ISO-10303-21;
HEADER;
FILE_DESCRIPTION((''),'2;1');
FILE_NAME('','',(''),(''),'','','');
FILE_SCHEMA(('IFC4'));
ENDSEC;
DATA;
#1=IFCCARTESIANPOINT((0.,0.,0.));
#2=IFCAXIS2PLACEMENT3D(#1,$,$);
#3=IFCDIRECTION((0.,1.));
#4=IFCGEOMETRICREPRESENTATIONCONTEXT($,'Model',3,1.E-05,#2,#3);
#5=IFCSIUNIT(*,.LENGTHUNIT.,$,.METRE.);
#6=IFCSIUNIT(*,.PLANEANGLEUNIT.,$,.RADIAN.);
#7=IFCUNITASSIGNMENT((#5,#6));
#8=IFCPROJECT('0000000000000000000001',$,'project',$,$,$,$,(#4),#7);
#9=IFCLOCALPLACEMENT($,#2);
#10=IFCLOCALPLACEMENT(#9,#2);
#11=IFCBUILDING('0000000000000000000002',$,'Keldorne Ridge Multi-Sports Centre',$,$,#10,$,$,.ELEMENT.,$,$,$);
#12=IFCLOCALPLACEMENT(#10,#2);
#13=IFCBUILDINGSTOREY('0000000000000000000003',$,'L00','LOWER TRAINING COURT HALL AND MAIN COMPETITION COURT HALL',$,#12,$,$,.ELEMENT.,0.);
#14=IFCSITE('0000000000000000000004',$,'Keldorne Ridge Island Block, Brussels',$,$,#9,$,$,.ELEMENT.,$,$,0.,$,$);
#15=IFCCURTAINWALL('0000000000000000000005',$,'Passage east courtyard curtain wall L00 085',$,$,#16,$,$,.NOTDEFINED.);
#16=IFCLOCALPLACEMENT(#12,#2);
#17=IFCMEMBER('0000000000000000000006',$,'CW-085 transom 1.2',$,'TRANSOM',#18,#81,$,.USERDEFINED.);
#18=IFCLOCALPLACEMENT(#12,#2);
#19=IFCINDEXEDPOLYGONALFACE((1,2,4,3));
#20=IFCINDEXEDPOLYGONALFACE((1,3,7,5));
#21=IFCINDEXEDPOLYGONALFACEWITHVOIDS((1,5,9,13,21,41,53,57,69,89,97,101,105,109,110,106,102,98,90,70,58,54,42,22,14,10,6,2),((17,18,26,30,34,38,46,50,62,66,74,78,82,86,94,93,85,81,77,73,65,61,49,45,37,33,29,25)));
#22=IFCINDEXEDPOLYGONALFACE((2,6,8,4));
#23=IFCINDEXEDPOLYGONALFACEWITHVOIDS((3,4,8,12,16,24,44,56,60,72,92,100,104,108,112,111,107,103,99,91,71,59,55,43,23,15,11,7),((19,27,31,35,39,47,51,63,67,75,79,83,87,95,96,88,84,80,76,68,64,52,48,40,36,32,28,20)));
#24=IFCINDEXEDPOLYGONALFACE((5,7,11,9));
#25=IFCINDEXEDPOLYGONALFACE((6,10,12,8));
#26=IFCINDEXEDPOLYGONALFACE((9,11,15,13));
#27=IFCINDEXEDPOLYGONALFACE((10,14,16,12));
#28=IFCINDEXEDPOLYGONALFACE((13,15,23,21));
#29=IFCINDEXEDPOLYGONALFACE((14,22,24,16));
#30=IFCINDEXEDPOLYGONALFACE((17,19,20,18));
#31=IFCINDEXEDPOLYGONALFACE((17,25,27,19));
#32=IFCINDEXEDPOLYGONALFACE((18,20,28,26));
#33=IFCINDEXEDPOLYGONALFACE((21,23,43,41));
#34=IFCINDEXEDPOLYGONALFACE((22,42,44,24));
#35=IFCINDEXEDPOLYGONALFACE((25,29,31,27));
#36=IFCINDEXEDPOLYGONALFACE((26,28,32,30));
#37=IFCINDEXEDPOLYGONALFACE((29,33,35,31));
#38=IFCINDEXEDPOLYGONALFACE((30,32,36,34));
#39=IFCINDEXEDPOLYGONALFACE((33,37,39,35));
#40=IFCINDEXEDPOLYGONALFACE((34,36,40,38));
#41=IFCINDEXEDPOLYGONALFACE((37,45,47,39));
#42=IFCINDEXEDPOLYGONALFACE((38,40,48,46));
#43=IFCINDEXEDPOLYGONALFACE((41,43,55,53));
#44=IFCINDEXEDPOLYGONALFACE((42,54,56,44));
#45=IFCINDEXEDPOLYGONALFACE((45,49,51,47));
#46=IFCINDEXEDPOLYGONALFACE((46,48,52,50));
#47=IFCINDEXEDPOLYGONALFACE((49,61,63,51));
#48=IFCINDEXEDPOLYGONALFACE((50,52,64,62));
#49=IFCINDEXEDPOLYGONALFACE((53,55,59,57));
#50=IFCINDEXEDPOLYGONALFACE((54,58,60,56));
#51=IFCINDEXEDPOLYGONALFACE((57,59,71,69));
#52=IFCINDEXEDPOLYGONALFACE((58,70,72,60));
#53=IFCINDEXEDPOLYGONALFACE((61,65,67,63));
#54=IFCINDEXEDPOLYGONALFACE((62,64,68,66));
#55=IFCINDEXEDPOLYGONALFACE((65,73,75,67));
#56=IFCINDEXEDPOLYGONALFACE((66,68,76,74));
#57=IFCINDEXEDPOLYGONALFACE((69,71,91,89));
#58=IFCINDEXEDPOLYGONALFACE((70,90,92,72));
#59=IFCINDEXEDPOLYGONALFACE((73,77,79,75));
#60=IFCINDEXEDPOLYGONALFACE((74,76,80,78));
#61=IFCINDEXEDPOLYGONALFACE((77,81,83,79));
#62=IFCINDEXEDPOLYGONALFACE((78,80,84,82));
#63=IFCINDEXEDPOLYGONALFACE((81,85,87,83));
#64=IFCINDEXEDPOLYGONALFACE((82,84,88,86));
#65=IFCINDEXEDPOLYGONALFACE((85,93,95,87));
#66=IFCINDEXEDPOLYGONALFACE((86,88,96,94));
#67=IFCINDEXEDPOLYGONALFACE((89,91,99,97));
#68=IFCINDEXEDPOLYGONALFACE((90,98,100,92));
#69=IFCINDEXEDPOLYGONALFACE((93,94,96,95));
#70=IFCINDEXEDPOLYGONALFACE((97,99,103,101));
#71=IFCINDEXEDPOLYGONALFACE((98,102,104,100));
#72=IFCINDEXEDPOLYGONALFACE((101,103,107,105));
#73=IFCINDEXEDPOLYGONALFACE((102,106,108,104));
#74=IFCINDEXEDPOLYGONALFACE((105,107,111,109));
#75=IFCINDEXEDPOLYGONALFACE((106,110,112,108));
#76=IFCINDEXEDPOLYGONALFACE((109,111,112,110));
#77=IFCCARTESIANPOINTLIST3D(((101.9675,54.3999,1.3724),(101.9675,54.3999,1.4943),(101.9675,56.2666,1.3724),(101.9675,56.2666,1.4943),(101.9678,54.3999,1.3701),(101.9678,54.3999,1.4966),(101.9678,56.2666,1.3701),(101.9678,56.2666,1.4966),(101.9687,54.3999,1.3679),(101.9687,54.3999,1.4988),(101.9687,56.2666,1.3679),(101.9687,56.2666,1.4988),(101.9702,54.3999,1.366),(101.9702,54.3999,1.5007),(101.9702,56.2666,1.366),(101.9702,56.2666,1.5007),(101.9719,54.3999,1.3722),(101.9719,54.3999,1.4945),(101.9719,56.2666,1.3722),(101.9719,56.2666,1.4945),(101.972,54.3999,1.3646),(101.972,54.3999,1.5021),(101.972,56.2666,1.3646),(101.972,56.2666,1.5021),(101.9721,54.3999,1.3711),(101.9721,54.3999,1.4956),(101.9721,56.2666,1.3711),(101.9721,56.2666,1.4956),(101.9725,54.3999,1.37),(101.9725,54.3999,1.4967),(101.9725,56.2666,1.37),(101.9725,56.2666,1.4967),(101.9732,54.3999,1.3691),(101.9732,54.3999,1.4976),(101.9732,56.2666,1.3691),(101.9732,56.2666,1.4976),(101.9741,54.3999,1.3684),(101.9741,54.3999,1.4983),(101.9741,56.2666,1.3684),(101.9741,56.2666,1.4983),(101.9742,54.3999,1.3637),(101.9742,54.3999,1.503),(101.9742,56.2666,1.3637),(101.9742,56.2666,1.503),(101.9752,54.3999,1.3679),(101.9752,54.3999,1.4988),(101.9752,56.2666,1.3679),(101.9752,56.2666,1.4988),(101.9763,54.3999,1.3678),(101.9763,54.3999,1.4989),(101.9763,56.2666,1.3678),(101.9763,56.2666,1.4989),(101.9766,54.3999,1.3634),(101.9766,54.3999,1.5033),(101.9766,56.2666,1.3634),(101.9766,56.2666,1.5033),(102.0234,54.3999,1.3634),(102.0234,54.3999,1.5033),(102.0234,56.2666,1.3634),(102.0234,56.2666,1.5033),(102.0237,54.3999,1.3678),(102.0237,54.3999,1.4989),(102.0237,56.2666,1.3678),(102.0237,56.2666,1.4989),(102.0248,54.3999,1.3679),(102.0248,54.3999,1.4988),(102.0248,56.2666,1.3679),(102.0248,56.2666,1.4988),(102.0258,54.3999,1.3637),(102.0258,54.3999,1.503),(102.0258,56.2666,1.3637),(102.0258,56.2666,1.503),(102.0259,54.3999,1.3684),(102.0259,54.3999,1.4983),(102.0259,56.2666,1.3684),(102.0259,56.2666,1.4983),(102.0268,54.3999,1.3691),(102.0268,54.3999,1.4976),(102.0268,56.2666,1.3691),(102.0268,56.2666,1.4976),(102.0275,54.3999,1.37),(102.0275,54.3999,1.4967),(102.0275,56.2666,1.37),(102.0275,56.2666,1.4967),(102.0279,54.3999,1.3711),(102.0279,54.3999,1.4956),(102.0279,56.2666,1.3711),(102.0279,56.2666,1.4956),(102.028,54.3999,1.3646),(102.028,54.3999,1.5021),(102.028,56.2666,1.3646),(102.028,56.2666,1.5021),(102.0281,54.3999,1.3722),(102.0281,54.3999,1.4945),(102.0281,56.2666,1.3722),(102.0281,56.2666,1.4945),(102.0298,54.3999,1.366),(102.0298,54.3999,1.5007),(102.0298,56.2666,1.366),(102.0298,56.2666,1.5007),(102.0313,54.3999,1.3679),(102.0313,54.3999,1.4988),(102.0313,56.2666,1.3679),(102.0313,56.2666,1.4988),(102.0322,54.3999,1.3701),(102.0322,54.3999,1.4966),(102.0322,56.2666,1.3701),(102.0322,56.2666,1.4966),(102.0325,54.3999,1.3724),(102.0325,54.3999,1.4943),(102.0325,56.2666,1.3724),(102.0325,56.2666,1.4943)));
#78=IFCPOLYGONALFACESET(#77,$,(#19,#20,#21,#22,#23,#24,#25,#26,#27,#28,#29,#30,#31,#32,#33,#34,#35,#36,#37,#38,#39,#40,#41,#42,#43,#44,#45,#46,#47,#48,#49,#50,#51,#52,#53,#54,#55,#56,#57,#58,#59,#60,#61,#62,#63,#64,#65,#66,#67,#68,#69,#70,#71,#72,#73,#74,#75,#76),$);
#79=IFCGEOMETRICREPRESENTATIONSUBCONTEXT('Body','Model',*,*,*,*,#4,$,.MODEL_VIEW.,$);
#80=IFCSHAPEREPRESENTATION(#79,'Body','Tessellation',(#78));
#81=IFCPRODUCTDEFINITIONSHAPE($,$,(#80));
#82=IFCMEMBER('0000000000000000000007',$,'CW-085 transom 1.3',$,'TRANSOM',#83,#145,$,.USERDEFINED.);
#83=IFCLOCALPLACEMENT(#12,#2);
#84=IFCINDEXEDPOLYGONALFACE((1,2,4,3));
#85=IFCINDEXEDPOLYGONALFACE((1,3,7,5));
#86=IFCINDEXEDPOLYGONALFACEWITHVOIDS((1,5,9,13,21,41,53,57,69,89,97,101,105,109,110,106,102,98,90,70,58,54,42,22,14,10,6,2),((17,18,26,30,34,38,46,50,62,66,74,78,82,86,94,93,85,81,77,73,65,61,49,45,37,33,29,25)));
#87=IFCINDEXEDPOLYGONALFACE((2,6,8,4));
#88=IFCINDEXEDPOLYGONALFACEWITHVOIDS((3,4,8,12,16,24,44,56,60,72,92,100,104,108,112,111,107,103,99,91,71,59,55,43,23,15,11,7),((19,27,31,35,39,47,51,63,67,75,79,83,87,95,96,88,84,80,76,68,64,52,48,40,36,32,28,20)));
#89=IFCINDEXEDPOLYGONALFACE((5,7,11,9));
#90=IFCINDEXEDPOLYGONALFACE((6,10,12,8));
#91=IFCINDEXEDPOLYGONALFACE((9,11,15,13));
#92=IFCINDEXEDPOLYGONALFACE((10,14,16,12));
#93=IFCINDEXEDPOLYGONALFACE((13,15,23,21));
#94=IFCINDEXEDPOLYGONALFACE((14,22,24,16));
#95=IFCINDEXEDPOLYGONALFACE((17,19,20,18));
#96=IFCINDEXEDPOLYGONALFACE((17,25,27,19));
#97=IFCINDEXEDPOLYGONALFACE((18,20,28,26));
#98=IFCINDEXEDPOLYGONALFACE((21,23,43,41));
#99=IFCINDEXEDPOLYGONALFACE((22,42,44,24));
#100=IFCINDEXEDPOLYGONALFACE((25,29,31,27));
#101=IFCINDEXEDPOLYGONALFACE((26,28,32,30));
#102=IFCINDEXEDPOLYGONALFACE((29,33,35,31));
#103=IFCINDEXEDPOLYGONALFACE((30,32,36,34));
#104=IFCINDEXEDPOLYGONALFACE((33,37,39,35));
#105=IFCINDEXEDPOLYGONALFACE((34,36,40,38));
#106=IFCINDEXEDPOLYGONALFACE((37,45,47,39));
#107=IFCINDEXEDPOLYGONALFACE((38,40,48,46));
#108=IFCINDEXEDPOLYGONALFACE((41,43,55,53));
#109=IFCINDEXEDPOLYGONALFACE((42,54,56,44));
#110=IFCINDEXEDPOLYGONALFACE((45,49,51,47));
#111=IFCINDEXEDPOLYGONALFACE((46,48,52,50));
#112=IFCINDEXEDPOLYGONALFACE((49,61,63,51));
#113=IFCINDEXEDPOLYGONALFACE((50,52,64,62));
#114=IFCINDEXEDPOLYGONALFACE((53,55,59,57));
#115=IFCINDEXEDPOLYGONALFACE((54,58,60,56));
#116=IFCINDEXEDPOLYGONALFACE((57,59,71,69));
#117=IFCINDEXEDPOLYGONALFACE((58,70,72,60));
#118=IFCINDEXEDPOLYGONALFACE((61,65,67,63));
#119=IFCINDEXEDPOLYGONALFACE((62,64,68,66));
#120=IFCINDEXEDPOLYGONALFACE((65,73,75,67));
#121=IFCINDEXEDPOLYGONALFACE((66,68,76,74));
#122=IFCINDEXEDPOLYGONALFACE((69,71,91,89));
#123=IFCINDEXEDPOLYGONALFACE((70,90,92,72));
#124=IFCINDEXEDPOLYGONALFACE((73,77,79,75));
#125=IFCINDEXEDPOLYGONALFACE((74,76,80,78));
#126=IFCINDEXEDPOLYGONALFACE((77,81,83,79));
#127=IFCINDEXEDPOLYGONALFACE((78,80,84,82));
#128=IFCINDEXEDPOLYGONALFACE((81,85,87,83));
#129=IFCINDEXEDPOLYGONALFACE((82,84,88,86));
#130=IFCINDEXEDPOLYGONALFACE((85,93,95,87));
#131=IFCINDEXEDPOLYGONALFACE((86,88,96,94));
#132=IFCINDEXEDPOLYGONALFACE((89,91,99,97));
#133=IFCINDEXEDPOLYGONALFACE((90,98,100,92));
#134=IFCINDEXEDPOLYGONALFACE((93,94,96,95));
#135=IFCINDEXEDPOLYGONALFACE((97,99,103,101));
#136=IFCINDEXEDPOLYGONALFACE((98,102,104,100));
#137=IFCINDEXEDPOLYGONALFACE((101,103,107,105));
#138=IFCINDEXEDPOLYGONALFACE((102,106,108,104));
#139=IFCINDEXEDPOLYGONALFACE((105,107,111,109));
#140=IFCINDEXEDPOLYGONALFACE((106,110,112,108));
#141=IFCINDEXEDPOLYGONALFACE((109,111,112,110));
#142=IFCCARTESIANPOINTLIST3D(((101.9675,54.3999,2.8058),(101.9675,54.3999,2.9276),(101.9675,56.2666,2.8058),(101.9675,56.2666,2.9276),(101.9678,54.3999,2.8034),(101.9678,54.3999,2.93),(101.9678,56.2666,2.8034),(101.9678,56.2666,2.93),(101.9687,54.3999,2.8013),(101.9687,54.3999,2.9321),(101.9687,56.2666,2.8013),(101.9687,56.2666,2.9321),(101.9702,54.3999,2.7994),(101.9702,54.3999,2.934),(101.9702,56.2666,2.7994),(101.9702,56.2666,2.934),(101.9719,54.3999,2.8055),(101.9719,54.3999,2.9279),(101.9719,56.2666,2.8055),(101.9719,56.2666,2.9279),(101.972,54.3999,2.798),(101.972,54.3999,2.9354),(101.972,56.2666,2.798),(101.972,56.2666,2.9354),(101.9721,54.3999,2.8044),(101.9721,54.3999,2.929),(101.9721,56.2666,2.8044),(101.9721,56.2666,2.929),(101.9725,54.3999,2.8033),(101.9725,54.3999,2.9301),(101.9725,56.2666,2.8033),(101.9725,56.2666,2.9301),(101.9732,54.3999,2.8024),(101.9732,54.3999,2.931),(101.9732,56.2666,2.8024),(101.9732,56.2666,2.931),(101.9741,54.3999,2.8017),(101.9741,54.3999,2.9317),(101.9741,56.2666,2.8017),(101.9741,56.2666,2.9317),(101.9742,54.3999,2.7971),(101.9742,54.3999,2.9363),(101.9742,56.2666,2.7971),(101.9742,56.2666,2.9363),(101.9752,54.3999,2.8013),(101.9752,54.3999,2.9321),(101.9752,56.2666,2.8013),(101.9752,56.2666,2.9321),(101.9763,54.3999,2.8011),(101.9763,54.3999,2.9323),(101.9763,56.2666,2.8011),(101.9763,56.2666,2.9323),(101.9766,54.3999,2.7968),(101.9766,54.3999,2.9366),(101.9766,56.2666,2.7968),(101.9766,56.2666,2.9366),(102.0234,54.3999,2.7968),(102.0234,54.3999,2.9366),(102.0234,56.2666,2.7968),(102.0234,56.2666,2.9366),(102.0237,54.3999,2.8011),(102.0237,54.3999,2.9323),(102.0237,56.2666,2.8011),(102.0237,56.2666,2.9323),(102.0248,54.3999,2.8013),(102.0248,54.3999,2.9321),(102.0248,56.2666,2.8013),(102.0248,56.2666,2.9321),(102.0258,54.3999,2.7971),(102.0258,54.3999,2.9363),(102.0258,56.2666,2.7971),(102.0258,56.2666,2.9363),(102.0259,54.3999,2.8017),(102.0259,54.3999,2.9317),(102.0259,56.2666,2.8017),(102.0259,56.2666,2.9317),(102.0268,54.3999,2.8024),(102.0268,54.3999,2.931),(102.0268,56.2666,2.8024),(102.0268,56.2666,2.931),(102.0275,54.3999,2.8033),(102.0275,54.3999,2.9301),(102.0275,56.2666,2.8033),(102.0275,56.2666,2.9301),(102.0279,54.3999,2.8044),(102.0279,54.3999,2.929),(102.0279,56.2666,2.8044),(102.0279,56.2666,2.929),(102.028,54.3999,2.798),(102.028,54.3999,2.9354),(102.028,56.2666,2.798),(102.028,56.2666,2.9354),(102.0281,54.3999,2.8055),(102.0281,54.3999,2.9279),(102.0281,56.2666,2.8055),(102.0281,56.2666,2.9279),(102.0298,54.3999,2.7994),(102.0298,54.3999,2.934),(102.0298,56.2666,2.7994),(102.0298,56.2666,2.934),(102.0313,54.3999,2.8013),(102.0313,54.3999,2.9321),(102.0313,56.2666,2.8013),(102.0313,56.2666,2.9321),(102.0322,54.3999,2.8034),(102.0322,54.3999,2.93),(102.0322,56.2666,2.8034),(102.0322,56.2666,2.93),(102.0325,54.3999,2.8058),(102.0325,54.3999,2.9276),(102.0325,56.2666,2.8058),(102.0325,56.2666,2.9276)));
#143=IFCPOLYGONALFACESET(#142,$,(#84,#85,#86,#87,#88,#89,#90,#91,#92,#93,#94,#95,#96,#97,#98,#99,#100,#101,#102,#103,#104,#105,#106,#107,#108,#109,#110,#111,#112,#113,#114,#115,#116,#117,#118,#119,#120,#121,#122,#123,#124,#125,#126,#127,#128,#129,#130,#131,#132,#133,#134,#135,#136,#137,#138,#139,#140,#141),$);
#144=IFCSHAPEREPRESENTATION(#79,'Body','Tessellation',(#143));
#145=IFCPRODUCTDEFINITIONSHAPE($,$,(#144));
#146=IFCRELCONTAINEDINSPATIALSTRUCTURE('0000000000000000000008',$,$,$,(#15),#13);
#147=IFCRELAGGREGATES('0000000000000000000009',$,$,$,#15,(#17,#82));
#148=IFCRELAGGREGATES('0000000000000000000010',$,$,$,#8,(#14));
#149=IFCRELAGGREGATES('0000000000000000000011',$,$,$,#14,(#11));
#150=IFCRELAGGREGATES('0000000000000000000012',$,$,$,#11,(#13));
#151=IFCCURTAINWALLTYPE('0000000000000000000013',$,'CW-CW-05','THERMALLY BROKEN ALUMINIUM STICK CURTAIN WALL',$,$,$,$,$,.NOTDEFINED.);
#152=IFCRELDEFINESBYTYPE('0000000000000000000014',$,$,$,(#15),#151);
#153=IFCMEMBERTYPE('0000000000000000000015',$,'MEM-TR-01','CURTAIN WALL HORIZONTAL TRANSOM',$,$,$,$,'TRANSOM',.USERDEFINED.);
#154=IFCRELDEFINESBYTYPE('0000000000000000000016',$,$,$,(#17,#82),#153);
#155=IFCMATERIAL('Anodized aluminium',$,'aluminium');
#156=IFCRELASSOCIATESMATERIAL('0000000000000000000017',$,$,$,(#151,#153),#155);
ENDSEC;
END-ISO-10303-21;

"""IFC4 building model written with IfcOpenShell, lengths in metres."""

from ifc_helpers import new_model, si_unit, direction, frame, origin, origin_2d, place, context, subcontext, project, spatial, hollow_rectangle, extrude, material, material_profile, profile_set, type_object, element, aggregate, save


model = new_model("IFC4")

# Units and contexts
model_context = context("Model", 3, precision=1e-05, world=origin(), true_north=direction((0.0, 1.0)))
body_context = subcontext(model_context, "Body", "Model", "MODEL_VIEW")
ifc_project = project(units=[si_unit("LENGTHUNIT", "METRE"), si_unit("PLANEANGLEUNIT", "RADIAN")], contexts=[model_context])

# Site, building, storey
site_placement = place(None, origin())
site = spatial("IfcSite", under=ifc_project, at=site_placement, Name="Keldorne Ridge Island Block, Brussels", CompositionType="ELEMENT", RefElevation=0.0)
building_placement = place(site_placement, origin())
building = spatial("IfcBuilding", under=site, at=building_placement, Name="Keldorne Ridge Multi-Sports Centre", CompositionType="ELEMENT")
storey_placement = place(building_placement, origin())
storey = spatial("IfcBuildingStorey", under=building, at=storey_placement, Name="L00", Description="LOWER TRAINING COURT HALL AND MAIN COMPETITION COURT HALL", CompositionType="ELEMENT", Elevation=0.0)

# Curtain wall, members
ifc_material_1 = material(Name="Anodized aluminium", Category="aluminium")
curtain_wall_type = type_object("IfcCurtainWallType", Name="CW-CW-05", Description="THERMALLY BROKEN ALUMINIUM STICK CURTAIN WALL", PredefinedType="NOTDEFINED", material=ifc_material_1)
curtain_wall_placement = place(storey_placement, origin())
curtain_wall = element("IfcCurtainWall", 1, at=curtain_wall_placement, inside=storey, type_object=curtain_wall_type, Name="Passage east courtyard curtain wall L00 085", PredefinedType="NOTDEFINED")
ifc_material_profile_1 = material_profile(ifc_material_1, hollow_rectangle(XDim=0.0649, YDim=0.1399, WallThickness=0.0044, InnerFilletRadius=0.0044, OuterFilletRadius=0.009, at=origin_2d()), Name="ALU TRANSOM 140x65x4.5")
ifc_profile_set_1 = profile_set([ifc_material_profile_1], Name="Anodized aluminium")
member_type_1 = type_object("IfcMemberType", Name="MEM-TR-01", Description="CURTAIN WALL HORIZONTAL TRANSOM", ElementType="TRANSOM", PredefinedType="USERDEFINED", material=ifc_profile_set_1)
member_1_placement = place(storey_placement, frame((102.0, 54.3999, 1.4333), z_axis=(0.0, 1.0, 0.0), x_axis=(-1.0, 0.0, 0.0)))
member_1 = element("IfcMember", 2, at=member_1_placement, type_object=member_type_1, Name="CW-085 transom 1.2", ObjectType="TRANSOM", PredefinedType="USERDEFINED", context=body_context, shape_type="SweptSolid", body=[
    extrude(hollow_rectangle(XDim=0.0649, YDim=0.1399, WallThickness=0.0044, InnerFilletRadius=0.0044, OuterFilletRadius=0.009, at=origin_2d()), origin(), (0.0, 0.0, 1.0), 1.8667),
])
member_2_placement = place(storey_placement, frame((102.0, 54.3999, 2.8667), z_axis=(0.0, 1.0, 0.0), x_axis=(-1.0, 0.0, 0.0)))
member_2 = element("IfcMember", 3, at=member_2_placement, type_object=member_type_1, Name="CW-085 transom 1.3", ObjectType="TRANSOM", PredefinedType="USERDEFINED", context=body_context, shape_type="SweptSolid", body=[
    extrude(hollow_rectangle(XDim=0.0649, YDim=0.1399, WallThickness=0.0044, InnerFilletRadius=0.0044, OuterFilletRadius=0.009, at=origin_2d()), origin(), (0.0, 0.0, 1.0), 1.8667),
])
aggregate(curtain_wall, [member_1, member_2])

save(model, "model.ifc")
